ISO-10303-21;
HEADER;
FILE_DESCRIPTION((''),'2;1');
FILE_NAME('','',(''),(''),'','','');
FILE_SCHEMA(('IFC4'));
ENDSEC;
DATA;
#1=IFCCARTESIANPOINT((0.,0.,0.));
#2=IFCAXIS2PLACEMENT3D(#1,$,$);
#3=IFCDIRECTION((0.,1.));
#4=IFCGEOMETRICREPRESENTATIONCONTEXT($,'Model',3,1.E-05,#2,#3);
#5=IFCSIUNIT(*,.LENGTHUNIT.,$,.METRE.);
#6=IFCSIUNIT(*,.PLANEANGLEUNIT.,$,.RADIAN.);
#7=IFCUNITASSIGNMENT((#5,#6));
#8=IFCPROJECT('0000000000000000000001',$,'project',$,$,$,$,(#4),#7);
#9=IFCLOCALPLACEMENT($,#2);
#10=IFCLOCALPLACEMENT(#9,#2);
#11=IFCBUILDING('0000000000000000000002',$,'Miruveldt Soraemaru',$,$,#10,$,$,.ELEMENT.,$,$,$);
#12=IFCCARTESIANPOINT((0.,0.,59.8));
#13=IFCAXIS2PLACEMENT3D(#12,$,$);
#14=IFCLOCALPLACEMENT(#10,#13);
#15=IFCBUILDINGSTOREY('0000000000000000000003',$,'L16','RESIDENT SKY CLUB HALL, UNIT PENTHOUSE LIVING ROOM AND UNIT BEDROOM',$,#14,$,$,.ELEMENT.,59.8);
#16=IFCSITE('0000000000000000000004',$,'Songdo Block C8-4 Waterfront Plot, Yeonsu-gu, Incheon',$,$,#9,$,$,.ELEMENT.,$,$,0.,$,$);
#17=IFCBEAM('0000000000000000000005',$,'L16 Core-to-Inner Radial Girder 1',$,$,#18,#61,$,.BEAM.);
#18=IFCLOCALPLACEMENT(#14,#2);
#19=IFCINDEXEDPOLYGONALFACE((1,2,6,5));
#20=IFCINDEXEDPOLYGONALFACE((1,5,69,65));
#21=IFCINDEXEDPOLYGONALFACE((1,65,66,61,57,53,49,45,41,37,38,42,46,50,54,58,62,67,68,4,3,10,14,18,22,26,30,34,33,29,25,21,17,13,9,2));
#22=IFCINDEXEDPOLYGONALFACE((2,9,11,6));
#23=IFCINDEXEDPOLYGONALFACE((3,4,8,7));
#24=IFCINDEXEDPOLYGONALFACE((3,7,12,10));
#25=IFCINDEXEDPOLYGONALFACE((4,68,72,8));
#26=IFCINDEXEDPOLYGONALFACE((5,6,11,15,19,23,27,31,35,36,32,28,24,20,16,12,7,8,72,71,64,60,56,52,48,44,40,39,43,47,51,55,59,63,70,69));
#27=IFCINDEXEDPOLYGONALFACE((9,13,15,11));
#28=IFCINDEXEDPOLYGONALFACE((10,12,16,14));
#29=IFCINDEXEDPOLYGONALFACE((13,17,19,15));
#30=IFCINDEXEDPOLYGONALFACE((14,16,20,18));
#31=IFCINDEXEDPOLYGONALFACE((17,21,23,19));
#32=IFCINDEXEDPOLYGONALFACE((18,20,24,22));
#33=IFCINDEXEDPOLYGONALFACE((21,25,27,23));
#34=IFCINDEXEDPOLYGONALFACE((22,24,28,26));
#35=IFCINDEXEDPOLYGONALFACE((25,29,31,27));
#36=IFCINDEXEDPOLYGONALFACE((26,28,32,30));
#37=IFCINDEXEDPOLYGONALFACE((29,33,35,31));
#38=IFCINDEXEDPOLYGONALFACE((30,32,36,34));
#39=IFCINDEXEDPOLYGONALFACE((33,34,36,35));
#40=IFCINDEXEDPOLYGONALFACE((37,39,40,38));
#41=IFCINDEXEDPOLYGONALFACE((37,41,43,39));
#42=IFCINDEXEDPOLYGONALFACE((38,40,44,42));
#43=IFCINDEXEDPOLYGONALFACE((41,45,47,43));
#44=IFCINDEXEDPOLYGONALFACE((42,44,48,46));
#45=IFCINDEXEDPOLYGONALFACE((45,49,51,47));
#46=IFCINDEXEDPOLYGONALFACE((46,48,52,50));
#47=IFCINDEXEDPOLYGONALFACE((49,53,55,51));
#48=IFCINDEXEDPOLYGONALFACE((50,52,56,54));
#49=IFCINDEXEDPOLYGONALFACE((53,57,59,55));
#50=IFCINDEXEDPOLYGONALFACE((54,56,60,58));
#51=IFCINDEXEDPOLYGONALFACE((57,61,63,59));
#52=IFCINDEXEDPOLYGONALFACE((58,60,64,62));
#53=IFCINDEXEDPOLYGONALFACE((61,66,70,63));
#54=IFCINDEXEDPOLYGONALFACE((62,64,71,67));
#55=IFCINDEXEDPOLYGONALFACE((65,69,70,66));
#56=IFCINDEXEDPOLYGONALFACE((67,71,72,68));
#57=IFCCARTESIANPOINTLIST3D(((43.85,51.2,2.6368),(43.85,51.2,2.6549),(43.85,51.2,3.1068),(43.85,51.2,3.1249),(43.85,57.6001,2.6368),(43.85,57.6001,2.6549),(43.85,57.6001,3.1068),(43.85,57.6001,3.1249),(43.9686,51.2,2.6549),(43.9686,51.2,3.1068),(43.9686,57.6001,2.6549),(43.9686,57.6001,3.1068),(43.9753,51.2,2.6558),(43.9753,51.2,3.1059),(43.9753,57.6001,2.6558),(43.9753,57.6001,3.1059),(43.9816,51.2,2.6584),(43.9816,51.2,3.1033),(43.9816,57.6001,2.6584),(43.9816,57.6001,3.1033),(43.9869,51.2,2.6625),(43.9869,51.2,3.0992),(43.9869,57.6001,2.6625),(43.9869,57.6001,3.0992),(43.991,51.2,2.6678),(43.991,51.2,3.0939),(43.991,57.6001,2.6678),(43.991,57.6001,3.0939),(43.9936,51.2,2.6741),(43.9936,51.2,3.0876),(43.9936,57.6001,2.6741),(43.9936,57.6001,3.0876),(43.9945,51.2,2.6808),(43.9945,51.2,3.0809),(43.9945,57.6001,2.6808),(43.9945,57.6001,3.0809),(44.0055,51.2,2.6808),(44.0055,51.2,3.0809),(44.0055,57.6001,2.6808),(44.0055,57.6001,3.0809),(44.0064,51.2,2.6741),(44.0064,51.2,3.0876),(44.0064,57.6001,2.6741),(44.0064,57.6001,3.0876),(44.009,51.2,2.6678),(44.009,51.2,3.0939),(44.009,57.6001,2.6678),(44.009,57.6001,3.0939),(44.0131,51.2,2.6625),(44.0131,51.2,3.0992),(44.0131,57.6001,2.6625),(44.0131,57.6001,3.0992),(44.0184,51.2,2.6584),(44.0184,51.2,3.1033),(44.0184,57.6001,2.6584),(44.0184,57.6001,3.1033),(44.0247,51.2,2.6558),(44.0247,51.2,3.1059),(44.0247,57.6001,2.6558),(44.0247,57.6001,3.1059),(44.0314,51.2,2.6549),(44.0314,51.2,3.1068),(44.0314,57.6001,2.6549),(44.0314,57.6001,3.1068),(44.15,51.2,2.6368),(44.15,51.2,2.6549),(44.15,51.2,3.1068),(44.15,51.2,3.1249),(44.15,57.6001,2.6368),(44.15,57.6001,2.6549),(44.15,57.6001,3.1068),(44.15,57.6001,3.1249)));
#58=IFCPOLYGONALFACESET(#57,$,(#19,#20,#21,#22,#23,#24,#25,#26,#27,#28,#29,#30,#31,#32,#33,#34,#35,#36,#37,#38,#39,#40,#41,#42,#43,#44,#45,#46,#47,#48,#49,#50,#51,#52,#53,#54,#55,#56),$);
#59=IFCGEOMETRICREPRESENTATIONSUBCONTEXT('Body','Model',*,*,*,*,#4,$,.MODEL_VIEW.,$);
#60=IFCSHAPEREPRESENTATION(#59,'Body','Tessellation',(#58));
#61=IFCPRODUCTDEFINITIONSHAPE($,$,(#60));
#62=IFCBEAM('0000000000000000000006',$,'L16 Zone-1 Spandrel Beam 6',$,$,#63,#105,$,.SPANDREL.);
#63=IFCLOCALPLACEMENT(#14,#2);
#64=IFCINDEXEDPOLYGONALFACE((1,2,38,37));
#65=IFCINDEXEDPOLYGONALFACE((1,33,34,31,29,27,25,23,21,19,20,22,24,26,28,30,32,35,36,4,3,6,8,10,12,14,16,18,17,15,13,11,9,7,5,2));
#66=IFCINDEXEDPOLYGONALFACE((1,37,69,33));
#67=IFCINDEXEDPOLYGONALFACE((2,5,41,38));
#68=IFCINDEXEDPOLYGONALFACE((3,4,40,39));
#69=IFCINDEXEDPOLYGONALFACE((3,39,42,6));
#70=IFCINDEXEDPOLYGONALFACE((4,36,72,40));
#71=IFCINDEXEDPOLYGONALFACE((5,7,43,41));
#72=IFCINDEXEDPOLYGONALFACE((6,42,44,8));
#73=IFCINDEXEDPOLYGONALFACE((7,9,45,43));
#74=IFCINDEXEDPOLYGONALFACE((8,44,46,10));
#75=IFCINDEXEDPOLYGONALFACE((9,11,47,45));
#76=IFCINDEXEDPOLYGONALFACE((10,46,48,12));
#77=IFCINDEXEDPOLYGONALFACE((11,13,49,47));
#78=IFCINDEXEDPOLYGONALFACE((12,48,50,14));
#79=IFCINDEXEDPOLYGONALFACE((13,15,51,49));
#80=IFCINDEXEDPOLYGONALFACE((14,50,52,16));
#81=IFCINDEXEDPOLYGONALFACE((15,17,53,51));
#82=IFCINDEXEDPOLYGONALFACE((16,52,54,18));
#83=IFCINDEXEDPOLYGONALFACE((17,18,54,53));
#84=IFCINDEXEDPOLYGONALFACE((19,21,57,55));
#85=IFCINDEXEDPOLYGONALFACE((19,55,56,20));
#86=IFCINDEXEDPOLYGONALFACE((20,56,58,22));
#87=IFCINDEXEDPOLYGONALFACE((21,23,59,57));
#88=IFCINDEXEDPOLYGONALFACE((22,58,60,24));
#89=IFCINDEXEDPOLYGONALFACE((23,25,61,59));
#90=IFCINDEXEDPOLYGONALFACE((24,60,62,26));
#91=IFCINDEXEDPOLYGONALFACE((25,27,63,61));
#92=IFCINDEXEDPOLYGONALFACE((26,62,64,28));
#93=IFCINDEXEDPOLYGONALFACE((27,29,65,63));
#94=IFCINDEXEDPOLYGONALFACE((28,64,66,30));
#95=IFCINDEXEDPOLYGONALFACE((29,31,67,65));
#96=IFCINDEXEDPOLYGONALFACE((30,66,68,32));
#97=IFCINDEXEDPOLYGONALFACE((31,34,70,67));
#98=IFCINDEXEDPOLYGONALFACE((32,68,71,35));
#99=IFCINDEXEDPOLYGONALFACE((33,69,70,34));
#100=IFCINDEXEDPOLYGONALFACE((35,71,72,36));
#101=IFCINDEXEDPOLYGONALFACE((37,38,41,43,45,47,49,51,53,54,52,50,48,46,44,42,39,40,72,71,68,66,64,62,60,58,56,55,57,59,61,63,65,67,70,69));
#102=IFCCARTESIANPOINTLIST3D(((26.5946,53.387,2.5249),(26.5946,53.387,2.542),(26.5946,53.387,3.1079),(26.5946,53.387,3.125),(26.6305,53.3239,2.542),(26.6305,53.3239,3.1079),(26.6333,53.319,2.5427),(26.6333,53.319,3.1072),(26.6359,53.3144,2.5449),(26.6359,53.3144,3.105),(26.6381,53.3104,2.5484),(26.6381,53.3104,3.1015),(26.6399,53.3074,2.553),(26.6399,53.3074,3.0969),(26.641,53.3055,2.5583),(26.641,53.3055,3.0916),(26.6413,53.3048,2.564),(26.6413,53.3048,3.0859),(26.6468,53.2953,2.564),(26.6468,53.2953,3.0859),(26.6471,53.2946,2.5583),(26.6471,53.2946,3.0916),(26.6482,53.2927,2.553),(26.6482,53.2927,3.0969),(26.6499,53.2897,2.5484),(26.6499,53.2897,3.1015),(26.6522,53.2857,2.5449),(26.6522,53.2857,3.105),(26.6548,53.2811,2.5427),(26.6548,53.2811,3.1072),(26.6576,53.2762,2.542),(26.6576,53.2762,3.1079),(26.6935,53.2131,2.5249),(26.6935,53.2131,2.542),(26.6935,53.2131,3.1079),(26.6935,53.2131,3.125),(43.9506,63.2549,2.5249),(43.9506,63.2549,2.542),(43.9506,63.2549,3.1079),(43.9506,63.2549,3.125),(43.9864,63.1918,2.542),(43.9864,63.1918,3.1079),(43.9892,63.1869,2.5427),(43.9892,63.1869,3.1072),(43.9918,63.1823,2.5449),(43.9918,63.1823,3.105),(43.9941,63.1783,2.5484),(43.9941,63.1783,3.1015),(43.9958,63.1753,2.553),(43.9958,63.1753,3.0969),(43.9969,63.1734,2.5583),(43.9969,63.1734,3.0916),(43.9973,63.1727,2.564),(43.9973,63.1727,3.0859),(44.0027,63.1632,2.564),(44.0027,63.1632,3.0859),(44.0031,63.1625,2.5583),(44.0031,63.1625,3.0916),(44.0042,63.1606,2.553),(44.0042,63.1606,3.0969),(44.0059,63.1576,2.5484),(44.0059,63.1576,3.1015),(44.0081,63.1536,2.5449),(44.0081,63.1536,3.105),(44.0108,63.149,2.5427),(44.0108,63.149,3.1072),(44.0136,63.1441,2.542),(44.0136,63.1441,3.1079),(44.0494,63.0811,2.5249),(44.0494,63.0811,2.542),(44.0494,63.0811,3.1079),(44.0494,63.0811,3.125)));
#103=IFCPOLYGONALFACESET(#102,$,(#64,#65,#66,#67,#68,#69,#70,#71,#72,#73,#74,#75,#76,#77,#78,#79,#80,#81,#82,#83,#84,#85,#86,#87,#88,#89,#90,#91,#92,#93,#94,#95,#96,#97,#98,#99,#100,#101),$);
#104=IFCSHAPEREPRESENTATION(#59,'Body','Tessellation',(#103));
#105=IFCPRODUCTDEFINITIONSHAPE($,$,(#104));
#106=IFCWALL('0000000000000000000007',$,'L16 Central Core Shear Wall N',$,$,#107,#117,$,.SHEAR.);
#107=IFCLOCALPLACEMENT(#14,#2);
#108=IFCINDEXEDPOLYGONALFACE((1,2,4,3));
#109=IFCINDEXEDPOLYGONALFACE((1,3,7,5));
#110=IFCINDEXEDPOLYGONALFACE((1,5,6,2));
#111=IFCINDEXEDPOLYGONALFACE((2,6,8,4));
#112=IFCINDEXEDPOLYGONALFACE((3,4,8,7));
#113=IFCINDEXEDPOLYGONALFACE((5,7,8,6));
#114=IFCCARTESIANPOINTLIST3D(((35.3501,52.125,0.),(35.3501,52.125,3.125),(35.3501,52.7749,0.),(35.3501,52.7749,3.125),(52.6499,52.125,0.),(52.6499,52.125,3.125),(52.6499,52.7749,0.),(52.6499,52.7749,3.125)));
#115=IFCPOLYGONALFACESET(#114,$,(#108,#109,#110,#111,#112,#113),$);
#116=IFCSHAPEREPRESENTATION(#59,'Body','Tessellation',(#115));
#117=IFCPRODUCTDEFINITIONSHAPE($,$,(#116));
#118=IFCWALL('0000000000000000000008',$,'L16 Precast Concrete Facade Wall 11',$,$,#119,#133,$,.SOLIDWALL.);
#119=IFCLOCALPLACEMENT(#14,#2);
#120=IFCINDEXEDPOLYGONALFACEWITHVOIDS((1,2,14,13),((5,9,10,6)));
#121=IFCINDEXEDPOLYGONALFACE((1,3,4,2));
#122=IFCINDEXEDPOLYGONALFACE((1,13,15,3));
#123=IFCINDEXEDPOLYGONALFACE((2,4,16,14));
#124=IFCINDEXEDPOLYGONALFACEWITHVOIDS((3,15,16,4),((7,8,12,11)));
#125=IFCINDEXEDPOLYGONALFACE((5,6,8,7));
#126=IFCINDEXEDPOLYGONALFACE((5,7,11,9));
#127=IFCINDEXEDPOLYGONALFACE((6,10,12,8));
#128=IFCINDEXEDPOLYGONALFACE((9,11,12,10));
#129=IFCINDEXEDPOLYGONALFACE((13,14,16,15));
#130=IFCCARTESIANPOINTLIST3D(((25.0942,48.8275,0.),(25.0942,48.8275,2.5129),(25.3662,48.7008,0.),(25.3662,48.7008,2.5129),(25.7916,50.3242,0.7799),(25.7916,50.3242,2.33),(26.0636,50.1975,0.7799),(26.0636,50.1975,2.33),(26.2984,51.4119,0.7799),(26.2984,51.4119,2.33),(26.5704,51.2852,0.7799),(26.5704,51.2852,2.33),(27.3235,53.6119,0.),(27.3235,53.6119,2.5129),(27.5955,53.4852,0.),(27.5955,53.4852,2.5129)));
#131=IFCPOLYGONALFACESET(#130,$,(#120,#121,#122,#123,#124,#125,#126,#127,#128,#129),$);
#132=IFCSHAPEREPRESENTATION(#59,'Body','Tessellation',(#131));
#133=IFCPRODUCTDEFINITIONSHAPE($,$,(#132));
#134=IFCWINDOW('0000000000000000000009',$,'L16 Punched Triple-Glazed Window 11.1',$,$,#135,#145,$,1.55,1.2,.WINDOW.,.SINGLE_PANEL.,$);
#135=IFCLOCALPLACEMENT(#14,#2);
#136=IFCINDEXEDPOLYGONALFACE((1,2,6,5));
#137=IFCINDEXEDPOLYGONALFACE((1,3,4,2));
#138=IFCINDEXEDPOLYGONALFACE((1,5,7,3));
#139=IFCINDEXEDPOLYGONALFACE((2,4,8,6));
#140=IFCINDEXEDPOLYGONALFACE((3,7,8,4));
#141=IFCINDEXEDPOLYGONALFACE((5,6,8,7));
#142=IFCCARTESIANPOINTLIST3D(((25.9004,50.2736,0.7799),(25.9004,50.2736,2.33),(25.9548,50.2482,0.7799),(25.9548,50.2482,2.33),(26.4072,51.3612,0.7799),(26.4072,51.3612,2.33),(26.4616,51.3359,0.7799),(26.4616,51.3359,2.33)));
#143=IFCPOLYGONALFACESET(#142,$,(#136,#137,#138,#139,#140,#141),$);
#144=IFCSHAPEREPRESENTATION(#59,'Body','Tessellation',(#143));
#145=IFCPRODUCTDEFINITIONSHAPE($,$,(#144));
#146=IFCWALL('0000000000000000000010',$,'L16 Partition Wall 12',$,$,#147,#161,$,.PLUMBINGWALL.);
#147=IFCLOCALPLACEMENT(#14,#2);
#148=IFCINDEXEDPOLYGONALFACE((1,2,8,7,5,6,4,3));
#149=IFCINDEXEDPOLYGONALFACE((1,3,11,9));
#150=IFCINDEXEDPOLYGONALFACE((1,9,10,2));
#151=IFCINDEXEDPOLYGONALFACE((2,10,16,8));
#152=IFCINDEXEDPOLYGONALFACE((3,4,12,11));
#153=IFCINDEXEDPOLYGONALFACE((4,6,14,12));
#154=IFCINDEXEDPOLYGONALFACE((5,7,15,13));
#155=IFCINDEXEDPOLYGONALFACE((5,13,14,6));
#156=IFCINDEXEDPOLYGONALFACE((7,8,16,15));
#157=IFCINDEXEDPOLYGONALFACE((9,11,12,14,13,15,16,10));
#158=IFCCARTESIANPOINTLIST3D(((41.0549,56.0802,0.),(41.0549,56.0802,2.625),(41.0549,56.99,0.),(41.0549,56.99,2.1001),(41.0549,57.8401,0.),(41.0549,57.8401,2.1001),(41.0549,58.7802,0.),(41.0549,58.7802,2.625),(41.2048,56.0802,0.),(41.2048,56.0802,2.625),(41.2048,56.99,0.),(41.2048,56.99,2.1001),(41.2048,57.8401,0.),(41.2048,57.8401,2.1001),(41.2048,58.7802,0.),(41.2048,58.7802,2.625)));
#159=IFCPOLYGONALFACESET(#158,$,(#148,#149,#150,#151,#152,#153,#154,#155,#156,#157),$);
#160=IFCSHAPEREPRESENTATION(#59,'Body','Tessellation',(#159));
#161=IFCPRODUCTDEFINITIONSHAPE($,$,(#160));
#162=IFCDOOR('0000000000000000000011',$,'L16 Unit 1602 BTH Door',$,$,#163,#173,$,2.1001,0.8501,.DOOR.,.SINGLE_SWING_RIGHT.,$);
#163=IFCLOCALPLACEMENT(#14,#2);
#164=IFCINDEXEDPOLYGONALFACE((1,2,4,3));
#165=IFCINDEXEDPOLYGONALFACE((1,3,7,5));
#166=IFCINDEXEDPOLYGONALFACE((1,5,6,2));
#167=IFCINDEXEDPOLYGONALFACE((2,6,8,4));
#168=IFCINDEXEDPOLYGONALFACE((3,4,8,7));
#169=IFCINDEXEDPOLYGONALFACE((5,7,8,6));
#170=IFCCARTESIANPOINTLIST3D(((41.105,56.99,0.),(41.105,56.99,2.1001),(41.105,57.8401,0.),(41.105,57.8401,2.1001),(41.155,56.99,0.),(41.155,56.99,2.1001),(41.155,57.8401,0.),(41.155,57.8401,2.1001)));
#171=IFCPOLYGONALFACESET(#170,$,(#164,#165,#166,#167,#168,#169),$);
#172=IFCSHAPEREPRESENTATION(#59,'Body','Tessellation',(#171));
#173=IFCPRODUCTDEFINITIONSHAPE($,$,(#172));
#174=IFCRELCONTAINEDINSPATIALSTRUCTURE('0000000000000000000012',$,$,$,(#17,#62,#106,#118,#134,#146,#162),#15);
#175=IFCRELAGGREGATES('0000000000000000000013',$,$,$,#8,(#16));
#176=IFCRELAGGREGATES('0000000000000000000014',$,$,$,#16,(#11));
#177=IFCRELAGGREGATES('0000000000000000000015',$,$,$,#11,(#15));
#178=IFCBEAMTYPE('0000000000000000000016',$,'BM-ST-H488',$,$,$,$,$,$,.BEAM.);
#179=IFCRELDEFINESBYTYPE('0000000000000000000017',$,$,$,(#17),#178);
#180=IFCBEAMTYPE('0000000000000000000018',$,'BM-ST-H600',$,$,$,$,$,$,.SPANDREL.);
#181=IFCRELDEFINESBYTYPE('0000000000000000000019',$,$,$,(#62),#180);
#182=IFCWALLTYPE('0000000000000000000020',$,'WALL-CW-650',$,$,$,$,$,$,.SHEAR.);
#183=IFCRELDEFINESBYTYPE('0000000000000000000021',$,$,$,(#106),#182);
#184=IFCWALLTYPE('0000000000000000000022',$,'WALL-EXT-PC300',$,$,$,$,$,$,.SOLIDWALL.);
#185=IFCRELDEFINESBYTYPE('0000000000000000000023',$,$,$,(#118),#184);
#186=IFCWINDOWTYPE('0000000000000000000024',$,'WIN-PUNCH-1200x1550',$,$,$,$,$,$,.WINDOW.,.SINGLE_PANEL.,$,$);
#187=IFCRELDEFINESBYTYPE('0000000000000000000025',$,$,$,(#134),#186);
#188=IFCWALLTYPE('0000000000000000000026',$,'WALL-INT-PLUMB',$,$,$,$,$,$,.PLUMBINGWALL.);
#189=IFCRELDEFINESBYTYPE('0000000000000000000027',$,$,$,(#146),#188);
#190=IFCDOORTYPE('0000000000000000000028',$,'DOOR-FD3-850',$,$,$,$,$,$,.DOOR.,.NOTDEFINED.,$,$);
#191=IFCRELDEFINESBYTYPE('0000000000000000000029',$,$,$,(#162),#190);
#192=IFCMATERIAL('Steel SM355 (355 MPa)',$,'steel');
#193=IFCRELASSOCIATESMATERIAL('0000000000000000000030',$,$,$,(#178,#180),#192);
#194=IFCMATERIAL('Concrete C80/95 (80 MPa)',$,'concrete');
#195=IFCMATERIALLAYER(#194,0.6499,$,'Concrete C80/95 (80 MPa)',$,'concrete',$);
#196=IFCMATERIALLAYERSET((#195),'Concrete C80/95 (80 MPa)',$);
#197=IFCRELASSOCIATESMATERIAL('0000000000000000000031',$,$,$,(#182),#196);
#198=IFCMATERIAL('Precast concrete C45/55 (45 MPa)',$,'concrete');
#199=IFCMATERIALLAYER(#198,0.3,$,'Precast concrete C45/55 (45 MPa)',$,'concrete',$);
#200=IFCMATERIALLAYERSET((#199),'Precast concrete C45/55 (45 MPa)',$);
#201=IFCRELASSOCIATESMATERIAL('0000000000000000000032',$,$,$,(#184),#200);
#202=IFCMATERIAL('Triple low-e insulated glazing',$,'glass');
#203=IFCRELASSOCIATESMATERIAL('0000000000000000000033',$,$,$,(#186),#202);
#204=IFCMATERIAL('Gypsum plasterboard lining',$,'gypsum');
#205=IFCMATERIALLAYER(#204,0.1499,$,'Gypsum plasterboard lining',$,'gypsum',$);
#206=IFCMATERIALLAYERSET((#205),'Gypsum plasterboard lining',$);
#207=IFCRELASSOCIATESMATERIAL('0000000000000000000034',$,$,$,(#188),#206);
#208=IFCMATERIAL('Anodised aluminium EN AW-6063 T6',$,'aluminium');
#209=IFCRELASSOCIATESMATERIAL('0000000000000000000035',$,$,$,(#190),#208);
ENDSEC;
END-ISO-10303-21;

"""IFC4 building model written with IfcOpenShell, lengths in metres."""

from ifc_helpers import new_model, si_unit, direction, frame, frame_2d, origin, origin_2d, place, context, subcontext, project, spatial, rectangle, i_section, extrude, material, layer, layer_set, material_profile, profile_set, type_object, element, fill, save


model = new_model("IFC4")

# Units and contexts
model_context = context("Model", 3, precision=1e-05, world=origin(), true_north=direction((0.0, 1.0)))
body_context = subcontext(model_context, "Body", "Model", "MODEL_VIEW")
ifc_project = project(units=[si_unit("LENGTHUNIT", "METRE"), si_unit("PLANEANGLEUNIT", "RADIAN")], contexts=[model_context])

# Site, building, storey
site_placement = place(None, origin())
site = spatial("IfcSite", under=ifc_project, at=site_placement, Name="Songdo Block C8-4 Waterfront Plot, Yeonsu-gu, Incheon", CompositionType="ELEMENT", RefElevation=0.0)
building_placement = place(site_placement, origin())
building = spatial("IfcBuilding", under=site, at=building_placement, Name="Miruveldt Soraemaru", CompositionType="ELEMENT")
storey_placement = place(building_placement, frame((0.0, 0.0, 59.8)))
storey = spatial("IfcBuildingStorey", under=building, at=storey_placement, Name="L16", Description="RESIDENT SKY CLUB HALL, UNIT PENTHOUSE LIVING ROOM AND UNIT BEDROOM", CompositionType="ELEMENT", Elevation=59.8)

# Shared definitions
ifc_material_1 = material(Name="Concrete C80/95 (80 MPa)", Category="concrete")

# Beams
ifc_material_2 = material(Name="Steel SM355 (355 MPa)", Category="steel")
ifc_material_profile_1 = material_profile(ifc_material_2, i_section(OverallWidth=0.3, OverallDepth=0.488, WebThickness=0.011, FlangeThickness=0.0181, FilletRadius=0.0259, at=origin_2d()), Name="Steel SM355 (355 MPa)", Category="steel")
ifc_profile_set_1 = profile_set([ifc_material_profile_1], Name="Steel SM355 (355 MPa)")
beam_type_1 = type_object("IfcBeamType", Name="BM-ST-H488", PredefinedType="BEAM", material=ifc_profile_set_1)
beam_1_placement = place(storey_placement, frame((44.0, 51.2, 2.8809), z_axis=(0.0, 1.0, 0.0), x_axis=(-1.0, 0.0, 0.0)))
element("IfcBeam", 1, at=beam_1_placement, inside=storey, type_object=beam_type_1, Name="L16 Core-to-Inner Radial Girder 1", PredefinedType="BEAM", context=body_context, shape_type="SweptSolid", body=[
    extrude(i_section(OverallWidth=0.3, OverallDepth=0.488, WebThickness=0.011, FlangeThickness=0.0181, FilletRadius=0.0259, at=origin_2d()), origin(), (0.0, 0.0, 1.0), 6.4001),
])
ifc_material_profile_2 = material_profile(ifc_material_2, i_section(OverallWidth=0.2, OverallDepth=0.6001, WebThickness=0.011, FlangeThickness=0.0171, FilletRadius=0.022, at=origin_2d()), Name="Steel SM355 (355 MPa)", Category="steel")
ifc_profile_set_2 = profile_set([ifc_material_profile_2], Name="Steel SM355 (355 MPa)")
beam_type_2 = type_object("IfcBeamType", Name="BM-ST-H600", PredefinedType="SPANDREL", material=ifc_profile_set_2)
beam_2_placement = place(storey_placement, frame((26.644, 53.3, 2.825), z_axis=(0.869315, 0.494259, 0.0), x_axis=(-0.494259, 0.869315, 0.0)))
element("IfcBeam", 2, at=beam_2_placement, inside=storey, type_object=beam_type_2, Name="L16 Zone-1 Spandrel Beam 6", PredefinedType="SPANDREL", context=body_context, shape_type="SweptSolid", body=[
    extrude(i_section(OverallWidth=0.2, OverallDepth=0.6001, WebThickness=0.011, FlangeThickness=0.0171, FilletRadius=0.022, at=origin_2d()), origin(), (0.0, 0.0, 1.0), 19.9651),
])

# Wall
ifc_layer_1 = layer(ifc_material_1, 0.6499, Name="Concrete C80/95 (80 MPa)", Category="concrete")
ifc_layer_set_1 = layer_set([ifc_layer_1], Name="Concrete C80/95 (80 MPa)")
wall_type_1 = type_object("IfcWallType", Name="WALL-CW-650", PredefinedType="SHEAR", material=ifc_layer_set_1)
wall_1_placement = place(storey_placement, frame((35.3501, 52.45, 0.0), z_axis=(0.0, 0.0, 1.0), x_axis=(1.0, 0.0, 0.0)))
element("IfcWall", 3, at=wall_1_placement, inside=storey, type_object=wall_type_1, Name="L16 Central Core Shear Wall N", PredefinedType="SHEAR", context=body_context, shape_type="SweptSolid", body=[
    extrude(rectangle(XDim=17.2998, YDim=0.6499, at=frame_2d((8.6499, 0.0))), origin(), (0.0, 0.0, 1.0), 3.125),
])

# Wall, opening, window
ifc_material_3 = material(Name="Precast concrete C45/55 (45 MPa)", Category="concrete")
ifc_layer_2 = layer(ifc_material_3, 0.3, Name="Precast concrete C45/55 (45 MPa)", Category="concrete")
ifc_layer_set_2 = layer_set([ifc_layer_2], Name="Precast concrete C45/55 (45 MPa)")
wall_type_2 = type_object("IfcWallType", Name="WALL-EXT-PC300", PredefinedType="SOLIDWALL", material=ifc_layer_set_2)
wall_2_placement = place(storey_placement, frame((27.4595, 53.5486, 0.0), z_axis=(0.0, 0.0, 1.0), x_axis=(-0.422344, -0.906436, 0.0)))
wall_2 = element("IfcWall", 4, at=wall_2_placement, inside=storey, type_object=wall_type_2, Name="L16 Precast Concrete Facade Wall 11", PredefinedType="SOLIDWALL", context=body_context, shape_type="SweptSolid", body=[
    extrude(rectangle(XDim=5.2783, YDim=0.3, at=frame_2d((2.6392, 0.0))), origin(), (0.0, 0.0, 1.0), 2.5129),
])
opening_1_placement = place(wall_2_placement, frame((2.427, 0.0, 0.78)))
opening_1 = element("IfcOpeningElement", 5, at=opening_1_placement, cuts=wall_2, PredefinedType="OPENING", context=body_context, shape_type="SweptSolid", body=[
    extrude(rectangle(XDim=1.2, YDim=1.55, at=frame_2d((0.6001, 0.7749))), frame((0.0, 0.1602, 0.0), z_axis=(0.0, -1.0, 0.0), x_axis=(1.0, 0.0, 0.0)), (0.0, 0.0, 1.0), 0.3201),
])
ifc_material_4 = material(Name="Triple low-e insulated glazing", Category="glass")
window_type = type_object("IfcWindowType", Name="WIN-PUNCH-1200x1550", PartitioningType="SINGLE_PANEL", PredefinedType="WINDOW", material=ifc_material_4)
window_placement = place(opening_1_placement, origin())
window = element("IfcWindow", 6, at=window_placement, inside=storey, type_object=window_type, Name="L16 Punched Triple-Glazed Window 11.1", OverallHeight=1.55, OverallWidth=1.2, PartitioningType="SINGLE_PANEL", PredefinedType="WINDOW", context=body_context, shape_type="SweptSolid", body=[
    extrude(rectangle(XDim=1.2, YDim=1.55, at=frame_2d((0.6001, 0.7749))), frame((0.0, 0.03, 0.0), z_axis=(0.0, -1.0, 0.0), x_axis=(1.0, 0.0, 0.0)), (0.0, 0.0, 1.0), 0.0601),
])
fill(opening_1, window)

# Wall, opening, door
ifc_material_5 = material(Name="Gypsum plasterboard lining", Category="gypsum")
ifc_layer_3 = layer(ifc_material_5, 0.1499, Name="Gypsum plasterboard lining", Category="gypsum")
ifc_layer_set_3 = layer_set([ifc_layer_3], Name="Gypsum plasterboard lining")
wall_type_3 = type_object("IfcWallType", Name="WALL-INT-PLUMB", PredefinedType="PLUMBINGWALL", material=ifc_layer_set_3)
wall_3_placement = place(storey_placement, frame((41.1299, 56.0801, 0.0), z_axis=(0.0, 0.0, 1.0), x_axis=(0.0, 1.0, 0.0)))
wall_3 = element("IfcWall", 7, at=wall_3_placement, inside=storey, type_object=wall_type_3, Name="L16 Partition Wall 12", PredefinedType="PLUMBINGWALL", context=body_context, shape_type="SweptSolid", body=[
    extrude(rectangle(XDim=2.7, YDim=0.1499, at=frame_2d((1.3501, 0.0))), origin(), (0.0, 0.0, 1.0), 2.625),
])
opening_2_placement = place(wall_3_placement, frame((0.9099, 0.0, 0.0)))
opening_2 = element("IfcOpeningElement", 8, at=opening_2_placement, cuts=wall_3, PredefinedType="OPENING", context=body_context, shape_type="SweptSolid", body=[
    extrude(rectangle(XDim=0.8501, YDim=2.1001, at=frame_2d((0.425, 1.05))), frame((0.0, 0.085, 0.0), z_axis=(0.0, -1.0, 0.0), x_axis=(1.0, 0.0, 0.0)), (0.0, 0.0, 1.0), 0.1699),
])
ifc_material_6 = material(Name="Anodised aluminium EN AW-6063 T6", Category="aluminium")
door_type_1 = type_object("IfcDoorType", Name="DOOR-FD3-850", OperationType="NOTDEFINED", PredefinedType="DOOR", material=ifc_material_6)
door_1_placement = place(opening_2_placement, origin())
door_1 = element("IfcDoor", 9, at=door_1_placement, inside=storey, type_object=door_type_1, Name="L16 Unit 1602 BTH Door", OperationType="SINGLE_SWING_RIGHT", OverallHeight=2.1001, OverallWidth=0.8501, PredefinedType="DOOR", context=body_context, shape_type="SweptSolid", body=[
    extrude(rectangle(XDim=0.8501, YDim=2.1001, at=frame_2d((0.425, 1.05))), frame((0.0, 0.0249, 0.0), z_axis=(0.0, -1.0, 0.0), x_axis=(1.0, 0.0, 0.0)), (0.0, 0.0, 1.0), 0.05),
])
fill(opening_2, door_1)

save(model, "model.ifc")
